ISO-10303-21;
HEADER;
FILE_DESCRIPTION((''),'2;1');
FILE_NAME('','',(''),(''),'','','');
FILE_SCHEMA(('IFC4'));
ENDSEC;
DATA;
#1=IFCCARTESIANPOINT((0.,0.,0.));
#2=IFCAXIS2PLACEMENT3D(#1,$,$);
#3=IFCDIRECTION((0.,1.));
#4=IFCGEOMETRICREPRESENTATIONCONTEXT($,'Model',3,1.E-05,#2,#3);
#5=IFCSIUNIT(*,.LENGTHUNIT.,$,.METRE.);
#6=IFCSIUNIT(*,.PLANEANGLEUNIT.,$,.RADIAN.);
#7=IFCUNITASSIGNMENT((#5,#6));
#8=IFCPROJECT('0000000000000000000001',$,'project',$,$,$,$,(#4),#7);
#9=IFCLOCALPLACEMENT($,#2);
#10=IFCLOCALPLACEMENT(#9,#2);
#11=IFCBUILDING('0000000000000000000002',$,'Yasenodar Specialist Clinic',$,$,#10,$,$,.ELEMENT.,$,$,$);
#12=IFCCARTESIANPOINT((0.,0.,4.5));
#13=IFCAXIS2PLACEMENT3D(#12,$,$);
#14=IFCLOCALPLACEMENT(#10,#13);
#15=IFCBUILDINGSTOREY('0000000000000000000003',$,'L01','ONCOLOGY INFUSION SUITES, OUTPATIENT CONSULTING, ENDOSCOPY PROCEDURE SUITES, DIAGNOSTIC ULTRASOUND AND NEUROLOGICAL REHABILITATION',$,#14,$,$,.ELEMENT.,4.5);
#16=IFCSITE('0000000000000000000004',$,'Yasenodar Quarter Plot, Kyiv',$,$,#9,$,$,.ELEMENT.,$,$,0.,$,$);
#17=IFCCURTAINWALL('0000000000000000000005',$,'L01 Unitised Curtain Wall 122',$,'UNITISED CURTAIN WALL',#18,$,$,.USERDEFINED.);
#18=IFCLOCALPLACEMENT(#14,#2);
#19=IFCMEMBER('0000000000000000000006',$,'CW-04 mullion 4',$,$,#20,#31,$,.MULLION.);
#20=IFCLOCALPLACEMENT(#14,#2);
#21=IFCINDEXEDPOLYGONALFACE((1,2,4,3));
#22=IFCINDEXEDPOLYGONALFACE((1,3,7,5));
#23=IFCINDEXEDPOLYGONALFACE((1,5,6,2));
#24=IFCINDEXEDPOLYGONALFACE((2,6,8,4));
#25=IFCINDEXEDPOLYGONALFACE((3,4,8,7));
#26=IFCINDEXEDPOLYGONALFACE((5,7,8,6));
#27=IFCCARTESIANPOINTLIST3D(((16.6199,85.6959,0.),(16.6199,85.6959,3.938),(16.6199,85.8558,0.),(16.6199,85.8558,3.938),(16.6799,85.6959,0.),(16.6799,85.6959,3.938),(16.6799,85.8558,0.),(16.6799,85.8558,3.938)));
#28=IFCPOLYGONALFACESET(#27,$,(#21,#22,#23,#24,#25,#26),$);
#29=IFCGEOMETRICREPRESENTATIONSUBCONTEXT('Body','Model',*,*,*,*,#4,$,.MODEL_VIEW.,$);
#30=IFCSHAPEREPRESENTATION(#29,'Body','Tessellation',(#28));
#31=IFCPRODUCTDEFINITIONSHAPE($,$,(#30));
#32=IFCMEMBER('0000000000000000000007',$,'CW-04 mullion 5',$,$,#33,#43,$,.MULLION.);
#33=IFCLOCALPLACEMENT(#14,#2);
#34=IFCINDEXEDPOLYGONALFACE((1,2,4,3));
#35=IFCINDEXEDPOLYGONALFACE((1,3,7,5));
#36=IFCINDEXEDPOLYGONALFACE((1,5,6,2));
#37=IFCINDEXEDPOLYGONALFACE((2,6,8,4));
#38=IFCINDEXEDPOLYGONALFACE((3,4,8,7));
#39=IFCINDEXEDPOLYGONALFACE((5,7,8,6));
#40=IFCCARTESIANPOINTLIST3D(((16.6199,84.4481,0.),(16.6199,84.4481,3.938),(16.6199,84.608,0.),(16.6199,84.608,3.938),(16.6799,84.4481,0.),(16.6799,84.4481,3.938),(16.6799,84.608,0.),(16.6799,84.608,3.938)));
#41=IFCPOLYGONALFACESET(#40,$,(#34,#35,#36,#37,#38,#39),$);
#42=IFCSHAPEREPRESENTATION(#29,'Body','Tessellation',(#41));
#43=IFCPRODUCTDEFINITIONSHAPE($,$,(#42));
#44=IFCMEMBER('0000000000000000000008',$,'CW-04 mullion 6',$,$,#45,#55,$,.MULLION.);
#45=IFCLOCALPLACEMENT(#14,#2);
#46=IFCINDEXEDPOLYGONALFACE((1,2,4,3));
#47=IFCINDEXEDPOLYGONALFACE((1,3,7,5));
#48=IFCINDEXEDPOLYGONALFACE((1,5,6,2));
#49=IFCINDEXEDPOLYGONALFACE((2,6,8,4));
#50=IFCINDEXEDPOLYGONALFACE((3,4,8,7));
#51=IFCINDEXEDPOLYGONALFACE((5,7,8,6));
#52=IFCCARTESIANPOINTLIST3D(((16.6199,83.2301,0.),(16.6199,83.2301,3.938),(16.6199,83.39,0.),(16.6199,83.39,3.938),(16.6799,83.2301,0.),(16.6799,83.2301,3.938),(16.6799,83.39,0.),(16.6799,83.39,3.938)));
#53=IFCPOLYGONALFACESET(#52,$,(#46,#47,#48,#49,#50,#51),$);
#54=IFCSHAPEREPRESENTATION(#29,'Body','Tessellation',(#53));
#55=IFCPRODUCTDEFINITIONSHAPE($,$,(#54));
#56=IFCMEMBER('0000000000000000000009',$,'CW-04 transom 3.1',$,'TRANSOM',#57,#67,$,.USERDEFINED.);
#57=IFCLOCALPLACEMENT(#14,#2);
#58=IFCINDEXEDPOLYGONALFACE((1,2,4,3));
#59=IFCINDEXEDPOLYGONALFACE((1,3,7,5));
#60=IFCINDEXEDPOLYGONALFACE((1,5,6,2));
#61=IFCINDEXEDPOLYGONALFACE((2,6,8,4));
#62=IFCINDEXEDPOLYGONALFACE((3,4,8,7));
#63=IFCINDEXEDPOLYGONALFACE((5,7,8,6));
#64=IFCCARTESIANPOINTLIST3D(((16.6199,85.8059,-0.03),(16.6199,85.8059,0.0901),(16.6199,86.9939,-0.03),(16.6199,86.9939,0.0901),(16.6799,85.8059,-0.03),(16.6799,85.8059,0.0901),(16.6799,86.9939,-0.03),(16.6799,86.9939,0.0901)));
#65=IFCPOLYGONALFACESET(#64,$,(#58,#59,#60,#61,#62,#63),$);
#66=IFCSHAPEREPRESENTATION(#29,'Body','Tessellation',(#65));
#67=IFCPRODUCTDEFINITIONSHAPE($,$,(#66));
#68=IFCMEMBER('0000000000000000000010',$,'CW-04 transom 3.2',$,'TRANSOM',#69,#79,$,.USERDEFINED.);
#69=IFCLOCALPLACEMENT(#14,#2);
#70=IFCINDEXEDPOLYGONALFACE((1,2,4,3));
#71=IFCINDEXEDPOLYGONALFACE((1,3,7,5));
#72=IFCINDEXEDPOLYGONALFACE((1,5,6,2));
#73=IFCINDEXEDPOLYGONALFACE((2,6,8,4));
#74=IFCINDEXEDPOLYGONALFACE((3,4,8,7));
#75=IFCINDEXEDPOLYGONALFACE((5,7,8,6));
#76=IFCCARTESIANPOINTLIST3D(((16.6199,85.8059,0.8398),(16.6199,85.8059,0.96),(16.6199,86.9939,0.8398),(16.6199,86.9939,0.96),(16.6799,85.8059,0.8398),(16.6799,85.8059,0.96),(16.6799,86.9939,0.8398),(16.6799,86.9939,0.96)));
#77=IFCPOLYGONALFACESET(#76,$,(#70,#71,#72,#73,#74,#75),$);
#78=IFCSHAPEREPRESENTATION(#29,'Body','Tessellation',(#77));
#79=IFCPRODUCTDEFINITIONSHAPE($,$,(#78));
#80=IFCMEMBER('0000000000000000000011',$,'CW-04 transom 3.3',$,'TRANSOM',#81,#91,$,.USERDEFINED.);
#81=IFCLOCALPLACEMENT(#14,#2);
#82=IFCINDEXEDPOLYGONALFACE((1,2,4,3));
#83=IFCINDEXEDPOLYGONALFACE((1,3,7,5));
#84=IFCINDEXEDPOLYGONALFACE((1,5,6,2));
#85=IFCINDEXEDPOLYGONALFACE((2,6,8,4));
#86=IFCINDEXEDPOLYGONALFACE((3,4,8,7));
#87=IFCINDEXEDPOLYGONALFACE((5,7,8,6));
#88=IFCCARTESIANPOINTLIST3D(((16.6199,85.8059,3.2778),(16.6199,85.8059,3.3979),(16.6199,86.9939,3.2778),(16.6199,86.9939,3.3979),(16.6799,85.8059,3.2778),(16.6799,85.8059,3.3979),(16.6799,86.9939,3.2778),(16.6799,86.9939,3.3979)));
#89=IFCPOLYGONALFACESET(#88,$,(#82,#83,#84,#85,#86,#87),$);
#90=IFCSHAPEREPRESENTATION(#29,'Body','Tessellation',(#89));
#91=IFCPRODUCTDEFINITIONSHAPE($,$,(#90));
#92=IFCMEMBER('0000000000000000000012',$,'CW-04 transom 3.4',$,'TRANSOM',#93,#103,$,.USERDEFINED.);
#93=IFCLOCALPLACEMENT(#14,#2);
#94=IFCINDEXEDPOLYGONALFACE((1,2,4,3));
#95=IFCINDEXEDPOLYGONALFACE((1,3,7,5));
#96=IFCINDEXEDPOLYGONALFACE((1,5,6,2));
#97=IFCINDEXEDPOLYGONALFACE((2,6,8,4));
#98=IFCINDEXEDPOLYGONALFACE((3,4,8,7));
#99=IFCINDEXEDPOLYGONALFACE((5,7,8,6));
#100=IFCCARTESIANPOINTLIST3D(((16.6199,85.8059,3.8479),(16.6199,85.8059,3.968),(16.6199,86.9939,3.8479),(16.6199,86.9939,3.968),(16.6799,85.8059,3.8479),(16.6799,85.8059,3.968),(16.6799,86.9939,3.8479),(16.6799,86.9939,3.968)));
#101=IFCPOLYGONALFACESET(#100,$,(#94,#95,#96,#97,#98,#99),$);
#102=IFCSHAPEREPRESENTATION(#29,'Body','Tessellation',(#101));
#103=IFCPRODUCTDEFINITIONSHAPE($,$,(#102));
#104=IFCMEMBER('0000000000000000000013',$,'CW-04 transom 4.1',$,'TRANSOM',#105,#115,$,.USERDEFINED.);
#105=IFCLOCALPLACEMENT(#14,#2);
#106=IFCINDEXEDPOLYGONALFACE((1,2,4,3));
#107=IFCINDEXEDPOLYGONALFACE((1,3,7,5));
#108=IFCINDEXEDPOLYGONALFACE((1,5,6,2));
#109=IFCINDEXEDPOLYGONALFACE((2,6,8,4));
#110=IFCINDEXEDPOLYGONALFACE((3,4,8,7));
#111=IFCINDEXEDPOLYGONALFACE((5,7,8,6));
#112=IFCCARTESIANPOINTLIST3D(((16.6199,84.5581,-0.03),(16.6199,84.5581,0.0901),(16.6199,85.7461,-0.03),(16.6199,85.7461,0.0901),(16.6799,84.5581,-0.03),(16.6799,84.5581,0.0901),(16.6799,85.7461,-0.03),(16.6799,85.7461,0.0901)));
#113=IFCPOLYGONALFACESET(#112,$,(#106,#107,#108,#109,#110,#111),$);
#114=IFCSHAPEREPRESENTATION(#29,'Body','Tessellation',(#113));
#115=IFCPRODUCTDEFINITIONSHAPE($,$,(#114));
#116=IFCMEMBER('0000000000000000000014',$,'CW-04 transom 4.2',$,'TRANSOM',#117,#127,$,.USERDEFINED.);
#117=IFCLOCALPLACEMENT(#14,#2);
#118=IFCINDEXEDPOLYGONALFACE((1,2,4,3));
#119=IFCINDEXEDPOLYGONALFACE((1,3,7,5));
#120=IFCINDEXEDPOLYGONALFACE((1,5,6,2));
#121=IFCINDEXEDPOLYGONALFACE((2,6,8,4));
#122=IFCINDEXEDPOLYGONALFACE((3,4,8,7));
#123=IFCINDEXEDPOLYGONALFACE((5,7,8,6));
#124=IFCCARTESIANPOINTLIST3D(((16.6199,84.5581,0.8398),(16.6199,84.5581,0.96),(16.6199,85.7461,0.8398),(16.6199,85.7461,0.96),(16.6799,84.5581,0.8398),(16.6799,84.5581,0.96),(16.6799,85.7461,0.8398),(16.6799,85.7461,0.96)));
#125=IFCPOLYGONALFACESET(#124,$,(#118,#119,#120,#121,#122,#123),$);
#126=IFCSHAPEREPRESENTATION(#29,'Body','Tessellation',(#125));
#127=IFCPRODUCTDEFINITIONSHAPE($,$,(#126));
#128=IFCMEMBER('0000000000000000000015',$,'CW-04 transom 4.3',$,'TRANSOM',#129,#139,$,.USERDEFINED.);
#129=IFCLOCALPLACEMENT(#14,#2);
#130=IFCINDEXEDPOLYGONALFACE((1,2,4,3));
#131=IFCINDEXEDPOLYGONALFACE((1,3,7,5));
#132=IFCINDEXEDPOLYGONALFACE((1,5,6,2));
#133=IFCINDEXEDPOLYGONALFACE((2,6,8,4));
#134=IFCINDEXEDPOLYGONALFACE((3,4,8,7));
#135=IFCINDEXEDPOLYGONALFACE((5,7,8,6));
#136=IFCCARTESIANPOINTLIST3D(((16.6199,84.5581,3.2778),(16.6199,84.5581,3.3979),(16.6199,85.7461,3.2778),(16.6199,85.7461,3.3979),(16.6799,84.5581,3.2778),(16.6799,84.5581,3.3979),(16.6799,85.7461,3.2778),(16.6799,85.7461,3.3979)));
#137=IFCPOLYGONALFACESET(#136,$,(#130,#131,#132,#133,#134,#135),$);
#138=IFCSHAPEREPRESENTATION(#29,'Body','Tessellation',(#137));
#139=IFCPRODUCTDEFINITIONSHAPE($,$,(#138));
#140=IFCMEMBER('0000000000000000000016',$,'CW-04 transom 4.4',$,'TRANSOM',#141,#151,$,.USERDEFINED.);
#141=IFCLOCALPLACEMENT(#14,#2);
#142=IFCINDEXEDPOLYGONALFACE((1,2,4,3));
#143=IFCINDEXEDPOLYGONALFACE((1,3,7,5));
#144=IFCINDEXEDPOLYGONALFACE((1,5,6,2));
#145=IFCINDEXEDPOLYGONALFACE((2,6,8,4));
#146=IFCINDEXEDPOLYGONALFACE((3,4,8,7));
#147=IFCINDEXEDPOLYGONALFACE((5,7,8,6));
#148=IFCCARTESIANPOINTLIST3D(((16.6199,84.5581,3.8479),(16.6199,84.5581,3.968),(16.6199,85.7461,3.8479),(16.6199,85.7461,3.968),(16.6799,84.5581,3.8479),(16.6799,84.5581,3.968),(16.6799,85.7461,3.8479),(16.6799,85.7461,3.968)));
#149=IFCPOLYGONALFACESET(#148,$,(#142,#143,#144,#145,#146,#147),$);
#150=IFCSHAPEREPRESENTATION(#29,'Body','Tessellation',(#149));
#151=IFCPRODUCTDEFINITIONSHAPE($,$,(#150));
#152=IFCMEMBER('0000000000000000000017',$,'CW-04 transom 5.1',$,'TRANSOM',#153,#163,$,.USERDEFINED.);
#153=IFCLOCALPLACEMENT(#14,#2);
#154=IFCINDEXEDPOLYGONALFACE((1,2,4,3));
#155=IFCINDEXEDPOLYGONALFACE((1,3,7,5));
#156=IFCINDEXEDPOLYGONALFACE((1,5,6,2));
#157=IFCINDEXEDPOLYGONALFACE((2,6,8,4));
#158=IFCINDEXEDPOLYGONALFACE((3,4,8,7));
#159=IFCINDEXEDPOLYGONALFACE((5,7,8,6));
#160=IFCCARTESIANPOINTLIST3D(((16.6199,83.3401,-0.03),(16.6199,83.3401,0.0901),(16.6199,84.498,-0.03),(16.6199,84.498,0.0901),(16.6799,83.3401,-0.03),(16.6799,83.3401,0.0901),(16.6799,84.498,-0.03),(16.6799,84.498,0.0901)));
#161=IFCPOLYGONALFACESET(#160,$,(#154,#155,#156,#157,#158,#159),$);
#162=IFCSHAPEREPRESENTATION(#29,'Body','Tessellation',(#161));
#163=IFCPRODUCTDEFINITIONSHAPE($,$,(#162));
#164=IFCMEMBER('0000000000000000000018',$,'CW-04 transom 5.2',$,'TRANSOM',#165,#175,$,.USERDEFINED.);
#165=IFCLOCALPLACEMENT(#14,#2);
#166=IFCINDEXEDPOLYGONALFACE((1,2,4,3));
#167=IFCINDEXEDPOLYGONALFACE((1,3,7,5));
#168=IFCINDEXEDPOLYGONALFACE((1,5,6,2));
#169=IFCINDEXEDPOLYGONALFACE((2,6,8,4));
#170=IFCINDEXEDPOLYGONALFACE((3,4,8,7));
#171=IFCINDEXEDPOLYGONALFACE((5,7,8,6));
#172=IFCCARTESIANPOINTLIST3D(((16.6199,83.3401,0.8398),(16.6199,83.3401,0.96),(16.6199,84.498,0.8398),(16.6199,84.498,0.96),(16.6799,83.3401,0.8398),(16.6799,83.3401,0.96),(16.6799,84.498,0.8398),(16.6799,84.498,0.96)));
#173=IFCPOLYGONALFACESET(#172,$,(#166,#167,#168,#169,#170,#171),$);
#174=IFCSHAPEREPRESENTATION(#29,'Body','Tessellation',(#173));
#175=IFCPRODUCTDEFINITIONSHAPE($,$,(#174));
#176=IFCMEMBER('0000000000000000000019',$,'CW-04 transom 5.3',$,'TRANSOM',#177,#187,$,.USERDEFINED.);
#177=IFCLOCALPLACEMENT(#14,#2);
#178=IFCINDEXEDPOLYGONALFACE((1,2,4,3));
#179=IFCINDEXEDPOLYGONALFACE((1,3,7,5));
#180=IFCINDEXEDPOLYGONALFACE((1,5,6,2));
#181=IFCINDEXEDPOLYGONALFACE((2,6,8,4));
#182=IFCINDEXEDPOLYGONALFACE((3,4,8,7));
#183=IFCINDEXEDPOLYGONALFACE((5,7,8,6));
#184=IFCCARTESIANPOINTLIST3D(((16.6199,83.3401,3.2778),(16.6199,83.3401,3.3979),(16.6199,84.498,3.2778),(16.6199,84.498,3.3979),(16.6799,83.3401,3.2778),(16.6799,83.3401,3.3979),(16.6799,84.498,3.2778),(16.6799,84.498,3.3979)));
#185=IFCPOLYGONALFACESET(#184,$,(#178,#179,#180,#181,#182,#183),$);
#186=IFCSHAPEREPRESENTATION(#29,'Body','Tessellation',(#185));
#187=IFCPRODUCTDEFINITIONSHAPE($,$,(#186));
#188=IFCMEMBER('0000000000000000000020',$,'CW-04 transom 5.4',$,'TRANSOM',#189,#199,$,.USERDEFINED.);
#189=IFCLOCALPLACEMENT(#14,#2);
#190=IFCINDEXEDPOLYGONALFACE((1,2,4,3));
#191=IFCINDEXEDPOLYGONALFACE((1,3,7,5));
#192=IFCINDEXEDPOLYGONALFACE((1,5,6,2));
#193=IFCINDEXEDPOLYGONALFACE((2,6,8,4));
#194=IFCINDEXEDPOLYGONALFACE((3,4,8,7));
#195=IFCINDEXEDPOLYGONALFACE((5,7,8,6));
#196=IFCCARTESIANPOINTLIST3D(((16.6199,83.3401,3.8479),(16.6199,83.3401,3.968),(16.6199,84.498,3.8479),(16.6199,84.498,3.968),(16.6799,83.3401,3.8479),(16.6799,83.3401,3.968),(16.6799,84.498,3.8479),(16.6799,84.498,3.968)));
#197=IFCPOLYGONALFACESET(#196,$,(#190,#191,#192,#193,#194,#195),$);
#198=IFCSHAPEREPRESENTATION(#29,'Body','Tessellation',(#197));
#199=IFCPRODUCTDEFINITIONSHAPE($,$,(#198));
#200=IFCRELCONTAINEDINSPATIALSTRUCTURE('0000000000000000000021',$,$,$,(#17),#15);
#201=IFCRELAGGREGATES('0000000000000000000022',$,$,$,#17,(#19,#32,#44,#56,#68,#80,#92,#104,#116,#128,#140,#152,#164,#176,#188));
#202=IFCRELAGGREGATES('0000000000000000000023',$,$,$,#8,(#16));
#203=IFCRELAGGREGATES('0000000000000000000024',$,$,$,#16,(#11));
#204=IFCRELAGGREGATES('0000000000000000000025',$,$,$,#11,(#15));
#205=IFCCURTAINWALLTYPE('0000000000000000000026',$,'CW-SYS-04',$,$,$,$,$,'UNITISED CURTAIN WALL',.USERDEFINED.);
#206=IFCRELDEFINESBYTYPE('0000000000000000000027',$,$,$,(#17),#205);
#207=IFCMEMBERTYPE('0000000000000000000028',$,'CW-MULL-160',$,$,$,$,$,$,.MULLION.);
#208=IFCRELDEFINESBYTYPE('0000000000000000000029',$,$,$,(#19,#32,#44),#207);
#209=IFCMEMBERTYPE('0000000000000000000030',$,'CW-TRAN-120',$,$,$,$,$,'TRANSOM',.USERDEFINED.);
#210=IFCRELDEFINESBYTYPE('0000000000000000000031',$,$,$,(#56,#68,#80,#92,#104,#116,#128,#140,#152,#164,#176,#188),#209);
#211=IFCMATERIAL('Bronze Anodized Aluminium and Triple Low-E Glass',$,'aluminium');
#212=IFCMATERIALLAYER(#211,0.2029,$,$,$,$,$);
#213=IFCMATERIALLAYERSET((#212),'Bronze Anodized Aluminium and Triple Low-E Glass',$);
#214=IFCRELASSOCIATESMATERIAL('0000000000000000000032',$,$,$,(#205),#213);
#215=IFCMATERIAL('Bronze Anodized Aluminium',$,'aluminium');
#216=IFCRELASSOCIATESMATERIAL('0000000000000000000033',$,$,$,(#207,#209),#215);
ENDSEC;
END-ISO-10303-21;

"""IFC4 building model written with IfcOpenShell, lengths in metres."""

from ifc_helpers import new_model, si_unit, direction, frame, origin, origin_2d, place, context, subcontext, project, spatial, rectangle, extrude, material, layer, layer_set, material_profile, profile_set, type_object, element, aggregate, save


model = new_model("IFC4")

# Units and contexts
model_context = context("Model", 3, precision=1e-05, world=origin(), true_north=direction((0.0, 1.0)))
body_context = subcontext(model_context, "Body", "Model", "MODEL_VIEW")
ifc_project = project(units=[si_unit("LENGTHUNIT", "METRE"), si_unit("PLANEANGLEUNIT", "RADIAN")], contexts=[model_context])

# Site, building, storey
site_placement = place(None, origin())
site = spatial("IfcSite", under=ifc_project, at=site_placement, Name="Yasenodar Quarter Plot, Kyiv", CompositionType="ELEMENT", RefElevation=0.0)
building_placement = place(site_placement, origin())
building = spatial("IfcBuilding", under=site, at=building_placement, Name="Yasenodar Specialist Clinic", CompositionType="ELEMENT")
storey_placement = place(building_placement, frame((0.0, 0.0, 4.5)))
storey = spatial("IfcBuildingStorey", under=building, at=storey_placement, Name="L01", Description="ONCOLOGY INFUSION SUITES, OUTPATIENT CONSULTING, ENDOSCOPY PROCEDURE SUITES, DIAGNOSTIC ULTRASOUND AND NEUROLOGICAL REHABILITATION", CompositionType="ELEMENT", Elevation=4.5)

# Curtain wall, members
ifc_material_1 = material(Name="Bronze Anodized Aluminium and Triple Low-E Glass", Category="aluminium")
ifc_layer_1 = layer(ifc_material_1, 0.2029)
ifc_layer_set_1 = layer_set([ifc_layer_1], Name="Bronze Anodized Aluminium and Triple Low-E Glass")
curtain_wall_type = type_object("IfcCurtainWallType", Name="CW-SYS-04", ElementType="UNITISED CURTAIN WALL", PredefinedType="USERDEFINED", material=ifc_layer_set_1)
curtain_wall_placement = place(storey_placement, origin())
curtain_wall = element("IfcCurtainWall", 1, at=curtain_wall_placement, inside=storey, type_object=curtain_wall_type, Name="L01 Unitised Curtain Wall 122", ObjectType="UNITISED CURTAIN WALL", PredefinedType="USERDEFINED")
ifc_material_2 = material(Name="Bronze Anodized Aluminium", Category="aluminium")
ifc_material_profile_1 = material_profile(ifc_material_2, rectangle(XDim=0.0601, YDim=0.1599, at=origin_2d()), Name="CW-MULL 60x160")
ifc_profile_set_1 = profile_set([ifc_material_profile_1], Name="Bronze Anodized Aluminium")
member_type_1 = type_object("IfcMemberType", Name="CW-MULL-160", PredefinedType="MULLION", material=ifc_profile_set_1)
member_1_placement = place(storey_placement, frame((16.6499, 85.7759, 0.0), z_axis=(0.0, 0.0, 1.0), x_axis=(1.0, 0.0, 0.0)))
member_1 = element("IfcMember", 2, at=member_1_placement, type_object=member_type_1, Name="CW-04 mullion 4", PredefinedType="MULLION", context=body_context, shape_type="SweptSolid", body=[
    extrude(rectangle(XDim=0.0601, YDim=0.1599, at=origin_2d()), origin(), (0.0, 0.0, 1.0), 3.938),
])
member_2_placement = place(storey_placement, frame((16.6499, 84.5281, 0.0), z_axis=(0.0, 0.0, 1.0), x_axis=(1.0, 0.0, 0.0)))
member_2 = element("IfcMember", 3, at=member_2_placement, type_object=member_type_1, Name="CW-04 mullion 5", PredefinedType="MULLION", context=body_context, shape_type="SweptSolid", body=[
    extrude(rectangle(XDim=0.0601, YDim=0.1599, at=origin_2d()), origin(), (0.0, 0.0, 1.0), 3.938),
])
member_3_placement = place(storey_placement, frame((16.6499, 83.3101, 0.0), z_axis=(0.0, 0.0, 1.0), x_axis=(1.0, 0.0, 0.0)))
member_3 = element("IfcMember", 4, at=member_3_placement, type_object=member_type_1, Name="CW-04 mullion 6", PredefinedType="MULLION", context=body_context, shape_type="SweptSolid", body=[
    extrude(rectangle(XDim=0.0601, YDim=0.1599, at=origin_2d()), origin(), (0.0, 0.0, 1.0), 3.938),
])
ifc_material_profile_2 = material_profile(ifc_material_2, rectangle(XDim=0.0601, YDim=0.1201, at=origin_2d()), Name="CW-TRAN 60x120")
ifc_profile_set_2 = profile_set([ifc_material_profile_2], Name="Bronze Anodized Aluminium")
member_type_2 = type_object("IfcMemberType", Name="CW-TRAN-120", ElementType="TRANSOM", PredefinedType="USERDEFINED", material=ifc_profile_set_2)
member_4_placement = place(storey_placement, frame((16.6499, 86.9939, 0.03), z_axis=(0.0, -1.0, 0.0), x_axis=(1.0, 0.0, 0.0)))
member_4 = element("IfcMember", 5, at=member_4_placement, type_object=member_type_2, Name="CW-04 transom 3.1", ObjectType="TRANSOM", PredefinedType="USERDEFINED", context=body_context, shape_type="SweptSolid", body=[
    extrude(rectangle(XDim=0.0601, YDim=0.1201, at=origin_2d()), origin(), (0.0, 0.0, 1.0), 1.188),
])
member_5_placement = place(storey_placement, frame((16.6499, 86.9939, 0.8999), z_axis=(0.0, -1.0, 0.0), x_axis=(1.0, 0.0, 0.0)))
member_5 = element("IfcMember", 6, at=member_5_placement, type_object=member_type_2, Name="CW-04 transom 3.2", ObjectType="TRANSOM", PredefinedType="USERDEFINED", context=body_context, shape_type="SweptSolid", body=[
    extrude(rectangle(XDim=0.0601, YDim=0.1201, at=origin_2d()), origin(), (0.0, 0.0, 1.0), 1.188),
])
member_6_placement = place(storey_placement, frame((16.6499, 86.9939, 3.3379), z_axis=(0.0, -1.0, 0.0), x_axis=(1.0, 0.0, 0.0)))
member_6 = element("IfcMember", 7, at=member_6_placement, type_object=member_type_2, Name="CW-04 transom 3.3", ObjectType="TRANSOM", PredefinedType="USERDEFINED", context=body_context, shape_type="SweptSolid", body=[
    extrude(rectangle(XDim=0.0601, YDim=0.1201, at=origin_2d()), origin(), (0.0, 0.0, 1.0), 1.188),
])
member_7_placement = place(storey_placement, frame((16.6499, 86.9939, 3.908), z_axis=(0.0, -1.0, 0.0), x_axis=(1.0, 0.0, 0.0)))
member_7 = element("IfcMember", 8, at=member_7_placement, type_object=member_type_2, Name="CW-04 transom 3.4", ObjectType="TRANSOM", PredefinedType="USERDEFINED", context=body_context, shape_type="SweptSolid", body=[
    extrude(rectangle(XDim=0.0601, YDim=0.1201, at=origin_2d()), origin(), (0.0, 0.0, 1.0), 1.188),
])
member_8_placement = place(storey_placement, frame((16.6499, 85.7461, 0.03), z_axis=(0.0, -1.0, 0.0), x_axis=(1.0, 0.0, 0.0)))
member_8 = element("IfcMember", 9, at=member_8_placement, type_object=member_type_2, Name="CW-04 transom 4.1", ObjectType="TRANSOM", PredefinedType="USERDEFINED", context=body_context, shape_type="SweptSolid", body=[
    extrude(rectangle(XDim=0.0601, YDim=0.1201, at=origin_2d()), origin(), (0.0, 0.0, 1.0), 1.188),
])
member_9_placement = place(storey_placement, frame((16.6499, 85.7461, 0.8999), z_axis=(0.0, -1.0, 0.0), x_axis=(1.0, 0.0, 0.0)))
member_9 = element("IfcMember", 10, at=member_9_placement, type_object=member_type_2, Name="CW-04 transom 4.2", ObjectType="TRANSOM", PredefinedType="USERDEFINED", context=body_context, shape_type="SweptSolid", body=[
    extrude(rectangle(XDim=0.0601, YDim=0.1201, at=origin_2d()), origin(), (0.0, 0.0, 1.0), 1.188),
])
member_10_placement = place(storey_placement, frame((16.6499, 85.7461, 3.3379), z_axis=(0.0, -1.0, 0.0), x_axis=(1.0, 0.0, 0.0)))
member_10 = element("IfcMember", 11, at=member_10_placement, type_object=member_type_2, Name="CW-04 transom 4.3", ObjectType="TRANSOM", PredefinedType="USERDEFINED", context=body_context, shape_type="SweptSolid", body=[
    extrude(rectangle(XDim=0.0601, YDim=0.1201, at=origin_2d()), origin(), (0.0, 0.0, 1.0), 1.188),
])
member_11_placement = place(storey_placement, frame((16.6499, 85.7461, 3.908), z_axis=(0.0, -1.0, 0.0), x_axis=(1.0, 0.0, 0.0)))
member_11 = element("IfcMember", 12, at=member_11_placement, type_object=member_type_2, Name="CW-04 transom 4.4", ObjectType="TRANSOM", PredefinedType="USERDEFINED", context=body_context, shape_type="SweptSolid", body=[
    extrude(rectangle(XDim=0.0601, YDim=0.1201, at=origin_2d()), origin(), (0.0, 0.0, 1.0), 1.188),
])
member_12_placement = place(storey_placement, frame((16.6499, 84.498, 0.03), z_axis=(0.0, -1.0, 0.0), x_axis=(1.0, 0.0, 0.0)))
member_12 = element("IfcMember", 13, at=member_12_placement, type_object=member_type_2, Name="CW-04 transom 5.1", ObjectType="TRANSOM", PredefinedType="USERDEFINED", context=body_context, shape_type="SweptSolid", body=[
    extrude(rectangle(XDim=0.0601, YDim=0.1201, at=origin_2d()), origin(), (0.0, 0.0, 1.0), 1.158),
])
member_13_placement = place(storey_placement, frame((16.6499, 84.498, 0.8999), z_axis=(0.0, -1.0, 0.0), x_axis=(1.0, 0.0, 0.0)))
member_13 = element("IfcMember", 14, at=member_13_placement, type_object=member_type_2, Name="CW-04 transom 5.2", ObjectType="TRANSOM", PredefinedType="USERDEFINED", context=body_context, shape_type="SweptSolid", body=[
    extrude(rectangle(XDim=0.0601, YDim=0.1201, at=origin_2d()), origin(), (0.0, 0.0, 1.0), 1.158),
])
member_14_placement = place(storey_placement, frame((16.6499, 84.498, 3.3379), z_axis=(0.0, -1.0, 0.0), x_axis=(1.0, 0.0, 0.0)))
member_14 = element("IfcMember", 15, at=member_14_placement, type_object=member_type_2, Name="CW-04 transom 5.3", ObjectType="TRANSOM", PredefinedType="USERDEFINED", context=body_context, shape_type="SweptSolid", body=[
    extrude(rectangle(XDim=0.0601, YDim=0.1201, at=origin_2d()), origin(), (0.0, 0.0, 1.0), 1.158),
])
member_15_placement = place(storey_placement, frame((16.6499, 84.498, 3.908), z_axis=(0.0, -1.0, 0.0), x_axis=(1.0, 0.0, 0.0)))
member_15 = element("IfcMember", 16, at=member_15_placement, type_object=member_type_2, Name="CW-04 transom 5.4", ObjectType="TRANSOM", PredefinedType="USERDEFINED", context=body_context, shape_type="SweptSolid", body=[
    extrude(rectangle(XDim=0.0601, YDim=0.1201, at=origin_2d()), origin(), (0.0, 0.0, 1.0), 1.158),
])
aggregate(curtain_wall, [member_1, member_2, member_3, member_4, member_5, member_6, member_7, member_8, member_9, member_10, member_11, member_12, member_13, member_14, member_15])

save(model, "model.ifc")
